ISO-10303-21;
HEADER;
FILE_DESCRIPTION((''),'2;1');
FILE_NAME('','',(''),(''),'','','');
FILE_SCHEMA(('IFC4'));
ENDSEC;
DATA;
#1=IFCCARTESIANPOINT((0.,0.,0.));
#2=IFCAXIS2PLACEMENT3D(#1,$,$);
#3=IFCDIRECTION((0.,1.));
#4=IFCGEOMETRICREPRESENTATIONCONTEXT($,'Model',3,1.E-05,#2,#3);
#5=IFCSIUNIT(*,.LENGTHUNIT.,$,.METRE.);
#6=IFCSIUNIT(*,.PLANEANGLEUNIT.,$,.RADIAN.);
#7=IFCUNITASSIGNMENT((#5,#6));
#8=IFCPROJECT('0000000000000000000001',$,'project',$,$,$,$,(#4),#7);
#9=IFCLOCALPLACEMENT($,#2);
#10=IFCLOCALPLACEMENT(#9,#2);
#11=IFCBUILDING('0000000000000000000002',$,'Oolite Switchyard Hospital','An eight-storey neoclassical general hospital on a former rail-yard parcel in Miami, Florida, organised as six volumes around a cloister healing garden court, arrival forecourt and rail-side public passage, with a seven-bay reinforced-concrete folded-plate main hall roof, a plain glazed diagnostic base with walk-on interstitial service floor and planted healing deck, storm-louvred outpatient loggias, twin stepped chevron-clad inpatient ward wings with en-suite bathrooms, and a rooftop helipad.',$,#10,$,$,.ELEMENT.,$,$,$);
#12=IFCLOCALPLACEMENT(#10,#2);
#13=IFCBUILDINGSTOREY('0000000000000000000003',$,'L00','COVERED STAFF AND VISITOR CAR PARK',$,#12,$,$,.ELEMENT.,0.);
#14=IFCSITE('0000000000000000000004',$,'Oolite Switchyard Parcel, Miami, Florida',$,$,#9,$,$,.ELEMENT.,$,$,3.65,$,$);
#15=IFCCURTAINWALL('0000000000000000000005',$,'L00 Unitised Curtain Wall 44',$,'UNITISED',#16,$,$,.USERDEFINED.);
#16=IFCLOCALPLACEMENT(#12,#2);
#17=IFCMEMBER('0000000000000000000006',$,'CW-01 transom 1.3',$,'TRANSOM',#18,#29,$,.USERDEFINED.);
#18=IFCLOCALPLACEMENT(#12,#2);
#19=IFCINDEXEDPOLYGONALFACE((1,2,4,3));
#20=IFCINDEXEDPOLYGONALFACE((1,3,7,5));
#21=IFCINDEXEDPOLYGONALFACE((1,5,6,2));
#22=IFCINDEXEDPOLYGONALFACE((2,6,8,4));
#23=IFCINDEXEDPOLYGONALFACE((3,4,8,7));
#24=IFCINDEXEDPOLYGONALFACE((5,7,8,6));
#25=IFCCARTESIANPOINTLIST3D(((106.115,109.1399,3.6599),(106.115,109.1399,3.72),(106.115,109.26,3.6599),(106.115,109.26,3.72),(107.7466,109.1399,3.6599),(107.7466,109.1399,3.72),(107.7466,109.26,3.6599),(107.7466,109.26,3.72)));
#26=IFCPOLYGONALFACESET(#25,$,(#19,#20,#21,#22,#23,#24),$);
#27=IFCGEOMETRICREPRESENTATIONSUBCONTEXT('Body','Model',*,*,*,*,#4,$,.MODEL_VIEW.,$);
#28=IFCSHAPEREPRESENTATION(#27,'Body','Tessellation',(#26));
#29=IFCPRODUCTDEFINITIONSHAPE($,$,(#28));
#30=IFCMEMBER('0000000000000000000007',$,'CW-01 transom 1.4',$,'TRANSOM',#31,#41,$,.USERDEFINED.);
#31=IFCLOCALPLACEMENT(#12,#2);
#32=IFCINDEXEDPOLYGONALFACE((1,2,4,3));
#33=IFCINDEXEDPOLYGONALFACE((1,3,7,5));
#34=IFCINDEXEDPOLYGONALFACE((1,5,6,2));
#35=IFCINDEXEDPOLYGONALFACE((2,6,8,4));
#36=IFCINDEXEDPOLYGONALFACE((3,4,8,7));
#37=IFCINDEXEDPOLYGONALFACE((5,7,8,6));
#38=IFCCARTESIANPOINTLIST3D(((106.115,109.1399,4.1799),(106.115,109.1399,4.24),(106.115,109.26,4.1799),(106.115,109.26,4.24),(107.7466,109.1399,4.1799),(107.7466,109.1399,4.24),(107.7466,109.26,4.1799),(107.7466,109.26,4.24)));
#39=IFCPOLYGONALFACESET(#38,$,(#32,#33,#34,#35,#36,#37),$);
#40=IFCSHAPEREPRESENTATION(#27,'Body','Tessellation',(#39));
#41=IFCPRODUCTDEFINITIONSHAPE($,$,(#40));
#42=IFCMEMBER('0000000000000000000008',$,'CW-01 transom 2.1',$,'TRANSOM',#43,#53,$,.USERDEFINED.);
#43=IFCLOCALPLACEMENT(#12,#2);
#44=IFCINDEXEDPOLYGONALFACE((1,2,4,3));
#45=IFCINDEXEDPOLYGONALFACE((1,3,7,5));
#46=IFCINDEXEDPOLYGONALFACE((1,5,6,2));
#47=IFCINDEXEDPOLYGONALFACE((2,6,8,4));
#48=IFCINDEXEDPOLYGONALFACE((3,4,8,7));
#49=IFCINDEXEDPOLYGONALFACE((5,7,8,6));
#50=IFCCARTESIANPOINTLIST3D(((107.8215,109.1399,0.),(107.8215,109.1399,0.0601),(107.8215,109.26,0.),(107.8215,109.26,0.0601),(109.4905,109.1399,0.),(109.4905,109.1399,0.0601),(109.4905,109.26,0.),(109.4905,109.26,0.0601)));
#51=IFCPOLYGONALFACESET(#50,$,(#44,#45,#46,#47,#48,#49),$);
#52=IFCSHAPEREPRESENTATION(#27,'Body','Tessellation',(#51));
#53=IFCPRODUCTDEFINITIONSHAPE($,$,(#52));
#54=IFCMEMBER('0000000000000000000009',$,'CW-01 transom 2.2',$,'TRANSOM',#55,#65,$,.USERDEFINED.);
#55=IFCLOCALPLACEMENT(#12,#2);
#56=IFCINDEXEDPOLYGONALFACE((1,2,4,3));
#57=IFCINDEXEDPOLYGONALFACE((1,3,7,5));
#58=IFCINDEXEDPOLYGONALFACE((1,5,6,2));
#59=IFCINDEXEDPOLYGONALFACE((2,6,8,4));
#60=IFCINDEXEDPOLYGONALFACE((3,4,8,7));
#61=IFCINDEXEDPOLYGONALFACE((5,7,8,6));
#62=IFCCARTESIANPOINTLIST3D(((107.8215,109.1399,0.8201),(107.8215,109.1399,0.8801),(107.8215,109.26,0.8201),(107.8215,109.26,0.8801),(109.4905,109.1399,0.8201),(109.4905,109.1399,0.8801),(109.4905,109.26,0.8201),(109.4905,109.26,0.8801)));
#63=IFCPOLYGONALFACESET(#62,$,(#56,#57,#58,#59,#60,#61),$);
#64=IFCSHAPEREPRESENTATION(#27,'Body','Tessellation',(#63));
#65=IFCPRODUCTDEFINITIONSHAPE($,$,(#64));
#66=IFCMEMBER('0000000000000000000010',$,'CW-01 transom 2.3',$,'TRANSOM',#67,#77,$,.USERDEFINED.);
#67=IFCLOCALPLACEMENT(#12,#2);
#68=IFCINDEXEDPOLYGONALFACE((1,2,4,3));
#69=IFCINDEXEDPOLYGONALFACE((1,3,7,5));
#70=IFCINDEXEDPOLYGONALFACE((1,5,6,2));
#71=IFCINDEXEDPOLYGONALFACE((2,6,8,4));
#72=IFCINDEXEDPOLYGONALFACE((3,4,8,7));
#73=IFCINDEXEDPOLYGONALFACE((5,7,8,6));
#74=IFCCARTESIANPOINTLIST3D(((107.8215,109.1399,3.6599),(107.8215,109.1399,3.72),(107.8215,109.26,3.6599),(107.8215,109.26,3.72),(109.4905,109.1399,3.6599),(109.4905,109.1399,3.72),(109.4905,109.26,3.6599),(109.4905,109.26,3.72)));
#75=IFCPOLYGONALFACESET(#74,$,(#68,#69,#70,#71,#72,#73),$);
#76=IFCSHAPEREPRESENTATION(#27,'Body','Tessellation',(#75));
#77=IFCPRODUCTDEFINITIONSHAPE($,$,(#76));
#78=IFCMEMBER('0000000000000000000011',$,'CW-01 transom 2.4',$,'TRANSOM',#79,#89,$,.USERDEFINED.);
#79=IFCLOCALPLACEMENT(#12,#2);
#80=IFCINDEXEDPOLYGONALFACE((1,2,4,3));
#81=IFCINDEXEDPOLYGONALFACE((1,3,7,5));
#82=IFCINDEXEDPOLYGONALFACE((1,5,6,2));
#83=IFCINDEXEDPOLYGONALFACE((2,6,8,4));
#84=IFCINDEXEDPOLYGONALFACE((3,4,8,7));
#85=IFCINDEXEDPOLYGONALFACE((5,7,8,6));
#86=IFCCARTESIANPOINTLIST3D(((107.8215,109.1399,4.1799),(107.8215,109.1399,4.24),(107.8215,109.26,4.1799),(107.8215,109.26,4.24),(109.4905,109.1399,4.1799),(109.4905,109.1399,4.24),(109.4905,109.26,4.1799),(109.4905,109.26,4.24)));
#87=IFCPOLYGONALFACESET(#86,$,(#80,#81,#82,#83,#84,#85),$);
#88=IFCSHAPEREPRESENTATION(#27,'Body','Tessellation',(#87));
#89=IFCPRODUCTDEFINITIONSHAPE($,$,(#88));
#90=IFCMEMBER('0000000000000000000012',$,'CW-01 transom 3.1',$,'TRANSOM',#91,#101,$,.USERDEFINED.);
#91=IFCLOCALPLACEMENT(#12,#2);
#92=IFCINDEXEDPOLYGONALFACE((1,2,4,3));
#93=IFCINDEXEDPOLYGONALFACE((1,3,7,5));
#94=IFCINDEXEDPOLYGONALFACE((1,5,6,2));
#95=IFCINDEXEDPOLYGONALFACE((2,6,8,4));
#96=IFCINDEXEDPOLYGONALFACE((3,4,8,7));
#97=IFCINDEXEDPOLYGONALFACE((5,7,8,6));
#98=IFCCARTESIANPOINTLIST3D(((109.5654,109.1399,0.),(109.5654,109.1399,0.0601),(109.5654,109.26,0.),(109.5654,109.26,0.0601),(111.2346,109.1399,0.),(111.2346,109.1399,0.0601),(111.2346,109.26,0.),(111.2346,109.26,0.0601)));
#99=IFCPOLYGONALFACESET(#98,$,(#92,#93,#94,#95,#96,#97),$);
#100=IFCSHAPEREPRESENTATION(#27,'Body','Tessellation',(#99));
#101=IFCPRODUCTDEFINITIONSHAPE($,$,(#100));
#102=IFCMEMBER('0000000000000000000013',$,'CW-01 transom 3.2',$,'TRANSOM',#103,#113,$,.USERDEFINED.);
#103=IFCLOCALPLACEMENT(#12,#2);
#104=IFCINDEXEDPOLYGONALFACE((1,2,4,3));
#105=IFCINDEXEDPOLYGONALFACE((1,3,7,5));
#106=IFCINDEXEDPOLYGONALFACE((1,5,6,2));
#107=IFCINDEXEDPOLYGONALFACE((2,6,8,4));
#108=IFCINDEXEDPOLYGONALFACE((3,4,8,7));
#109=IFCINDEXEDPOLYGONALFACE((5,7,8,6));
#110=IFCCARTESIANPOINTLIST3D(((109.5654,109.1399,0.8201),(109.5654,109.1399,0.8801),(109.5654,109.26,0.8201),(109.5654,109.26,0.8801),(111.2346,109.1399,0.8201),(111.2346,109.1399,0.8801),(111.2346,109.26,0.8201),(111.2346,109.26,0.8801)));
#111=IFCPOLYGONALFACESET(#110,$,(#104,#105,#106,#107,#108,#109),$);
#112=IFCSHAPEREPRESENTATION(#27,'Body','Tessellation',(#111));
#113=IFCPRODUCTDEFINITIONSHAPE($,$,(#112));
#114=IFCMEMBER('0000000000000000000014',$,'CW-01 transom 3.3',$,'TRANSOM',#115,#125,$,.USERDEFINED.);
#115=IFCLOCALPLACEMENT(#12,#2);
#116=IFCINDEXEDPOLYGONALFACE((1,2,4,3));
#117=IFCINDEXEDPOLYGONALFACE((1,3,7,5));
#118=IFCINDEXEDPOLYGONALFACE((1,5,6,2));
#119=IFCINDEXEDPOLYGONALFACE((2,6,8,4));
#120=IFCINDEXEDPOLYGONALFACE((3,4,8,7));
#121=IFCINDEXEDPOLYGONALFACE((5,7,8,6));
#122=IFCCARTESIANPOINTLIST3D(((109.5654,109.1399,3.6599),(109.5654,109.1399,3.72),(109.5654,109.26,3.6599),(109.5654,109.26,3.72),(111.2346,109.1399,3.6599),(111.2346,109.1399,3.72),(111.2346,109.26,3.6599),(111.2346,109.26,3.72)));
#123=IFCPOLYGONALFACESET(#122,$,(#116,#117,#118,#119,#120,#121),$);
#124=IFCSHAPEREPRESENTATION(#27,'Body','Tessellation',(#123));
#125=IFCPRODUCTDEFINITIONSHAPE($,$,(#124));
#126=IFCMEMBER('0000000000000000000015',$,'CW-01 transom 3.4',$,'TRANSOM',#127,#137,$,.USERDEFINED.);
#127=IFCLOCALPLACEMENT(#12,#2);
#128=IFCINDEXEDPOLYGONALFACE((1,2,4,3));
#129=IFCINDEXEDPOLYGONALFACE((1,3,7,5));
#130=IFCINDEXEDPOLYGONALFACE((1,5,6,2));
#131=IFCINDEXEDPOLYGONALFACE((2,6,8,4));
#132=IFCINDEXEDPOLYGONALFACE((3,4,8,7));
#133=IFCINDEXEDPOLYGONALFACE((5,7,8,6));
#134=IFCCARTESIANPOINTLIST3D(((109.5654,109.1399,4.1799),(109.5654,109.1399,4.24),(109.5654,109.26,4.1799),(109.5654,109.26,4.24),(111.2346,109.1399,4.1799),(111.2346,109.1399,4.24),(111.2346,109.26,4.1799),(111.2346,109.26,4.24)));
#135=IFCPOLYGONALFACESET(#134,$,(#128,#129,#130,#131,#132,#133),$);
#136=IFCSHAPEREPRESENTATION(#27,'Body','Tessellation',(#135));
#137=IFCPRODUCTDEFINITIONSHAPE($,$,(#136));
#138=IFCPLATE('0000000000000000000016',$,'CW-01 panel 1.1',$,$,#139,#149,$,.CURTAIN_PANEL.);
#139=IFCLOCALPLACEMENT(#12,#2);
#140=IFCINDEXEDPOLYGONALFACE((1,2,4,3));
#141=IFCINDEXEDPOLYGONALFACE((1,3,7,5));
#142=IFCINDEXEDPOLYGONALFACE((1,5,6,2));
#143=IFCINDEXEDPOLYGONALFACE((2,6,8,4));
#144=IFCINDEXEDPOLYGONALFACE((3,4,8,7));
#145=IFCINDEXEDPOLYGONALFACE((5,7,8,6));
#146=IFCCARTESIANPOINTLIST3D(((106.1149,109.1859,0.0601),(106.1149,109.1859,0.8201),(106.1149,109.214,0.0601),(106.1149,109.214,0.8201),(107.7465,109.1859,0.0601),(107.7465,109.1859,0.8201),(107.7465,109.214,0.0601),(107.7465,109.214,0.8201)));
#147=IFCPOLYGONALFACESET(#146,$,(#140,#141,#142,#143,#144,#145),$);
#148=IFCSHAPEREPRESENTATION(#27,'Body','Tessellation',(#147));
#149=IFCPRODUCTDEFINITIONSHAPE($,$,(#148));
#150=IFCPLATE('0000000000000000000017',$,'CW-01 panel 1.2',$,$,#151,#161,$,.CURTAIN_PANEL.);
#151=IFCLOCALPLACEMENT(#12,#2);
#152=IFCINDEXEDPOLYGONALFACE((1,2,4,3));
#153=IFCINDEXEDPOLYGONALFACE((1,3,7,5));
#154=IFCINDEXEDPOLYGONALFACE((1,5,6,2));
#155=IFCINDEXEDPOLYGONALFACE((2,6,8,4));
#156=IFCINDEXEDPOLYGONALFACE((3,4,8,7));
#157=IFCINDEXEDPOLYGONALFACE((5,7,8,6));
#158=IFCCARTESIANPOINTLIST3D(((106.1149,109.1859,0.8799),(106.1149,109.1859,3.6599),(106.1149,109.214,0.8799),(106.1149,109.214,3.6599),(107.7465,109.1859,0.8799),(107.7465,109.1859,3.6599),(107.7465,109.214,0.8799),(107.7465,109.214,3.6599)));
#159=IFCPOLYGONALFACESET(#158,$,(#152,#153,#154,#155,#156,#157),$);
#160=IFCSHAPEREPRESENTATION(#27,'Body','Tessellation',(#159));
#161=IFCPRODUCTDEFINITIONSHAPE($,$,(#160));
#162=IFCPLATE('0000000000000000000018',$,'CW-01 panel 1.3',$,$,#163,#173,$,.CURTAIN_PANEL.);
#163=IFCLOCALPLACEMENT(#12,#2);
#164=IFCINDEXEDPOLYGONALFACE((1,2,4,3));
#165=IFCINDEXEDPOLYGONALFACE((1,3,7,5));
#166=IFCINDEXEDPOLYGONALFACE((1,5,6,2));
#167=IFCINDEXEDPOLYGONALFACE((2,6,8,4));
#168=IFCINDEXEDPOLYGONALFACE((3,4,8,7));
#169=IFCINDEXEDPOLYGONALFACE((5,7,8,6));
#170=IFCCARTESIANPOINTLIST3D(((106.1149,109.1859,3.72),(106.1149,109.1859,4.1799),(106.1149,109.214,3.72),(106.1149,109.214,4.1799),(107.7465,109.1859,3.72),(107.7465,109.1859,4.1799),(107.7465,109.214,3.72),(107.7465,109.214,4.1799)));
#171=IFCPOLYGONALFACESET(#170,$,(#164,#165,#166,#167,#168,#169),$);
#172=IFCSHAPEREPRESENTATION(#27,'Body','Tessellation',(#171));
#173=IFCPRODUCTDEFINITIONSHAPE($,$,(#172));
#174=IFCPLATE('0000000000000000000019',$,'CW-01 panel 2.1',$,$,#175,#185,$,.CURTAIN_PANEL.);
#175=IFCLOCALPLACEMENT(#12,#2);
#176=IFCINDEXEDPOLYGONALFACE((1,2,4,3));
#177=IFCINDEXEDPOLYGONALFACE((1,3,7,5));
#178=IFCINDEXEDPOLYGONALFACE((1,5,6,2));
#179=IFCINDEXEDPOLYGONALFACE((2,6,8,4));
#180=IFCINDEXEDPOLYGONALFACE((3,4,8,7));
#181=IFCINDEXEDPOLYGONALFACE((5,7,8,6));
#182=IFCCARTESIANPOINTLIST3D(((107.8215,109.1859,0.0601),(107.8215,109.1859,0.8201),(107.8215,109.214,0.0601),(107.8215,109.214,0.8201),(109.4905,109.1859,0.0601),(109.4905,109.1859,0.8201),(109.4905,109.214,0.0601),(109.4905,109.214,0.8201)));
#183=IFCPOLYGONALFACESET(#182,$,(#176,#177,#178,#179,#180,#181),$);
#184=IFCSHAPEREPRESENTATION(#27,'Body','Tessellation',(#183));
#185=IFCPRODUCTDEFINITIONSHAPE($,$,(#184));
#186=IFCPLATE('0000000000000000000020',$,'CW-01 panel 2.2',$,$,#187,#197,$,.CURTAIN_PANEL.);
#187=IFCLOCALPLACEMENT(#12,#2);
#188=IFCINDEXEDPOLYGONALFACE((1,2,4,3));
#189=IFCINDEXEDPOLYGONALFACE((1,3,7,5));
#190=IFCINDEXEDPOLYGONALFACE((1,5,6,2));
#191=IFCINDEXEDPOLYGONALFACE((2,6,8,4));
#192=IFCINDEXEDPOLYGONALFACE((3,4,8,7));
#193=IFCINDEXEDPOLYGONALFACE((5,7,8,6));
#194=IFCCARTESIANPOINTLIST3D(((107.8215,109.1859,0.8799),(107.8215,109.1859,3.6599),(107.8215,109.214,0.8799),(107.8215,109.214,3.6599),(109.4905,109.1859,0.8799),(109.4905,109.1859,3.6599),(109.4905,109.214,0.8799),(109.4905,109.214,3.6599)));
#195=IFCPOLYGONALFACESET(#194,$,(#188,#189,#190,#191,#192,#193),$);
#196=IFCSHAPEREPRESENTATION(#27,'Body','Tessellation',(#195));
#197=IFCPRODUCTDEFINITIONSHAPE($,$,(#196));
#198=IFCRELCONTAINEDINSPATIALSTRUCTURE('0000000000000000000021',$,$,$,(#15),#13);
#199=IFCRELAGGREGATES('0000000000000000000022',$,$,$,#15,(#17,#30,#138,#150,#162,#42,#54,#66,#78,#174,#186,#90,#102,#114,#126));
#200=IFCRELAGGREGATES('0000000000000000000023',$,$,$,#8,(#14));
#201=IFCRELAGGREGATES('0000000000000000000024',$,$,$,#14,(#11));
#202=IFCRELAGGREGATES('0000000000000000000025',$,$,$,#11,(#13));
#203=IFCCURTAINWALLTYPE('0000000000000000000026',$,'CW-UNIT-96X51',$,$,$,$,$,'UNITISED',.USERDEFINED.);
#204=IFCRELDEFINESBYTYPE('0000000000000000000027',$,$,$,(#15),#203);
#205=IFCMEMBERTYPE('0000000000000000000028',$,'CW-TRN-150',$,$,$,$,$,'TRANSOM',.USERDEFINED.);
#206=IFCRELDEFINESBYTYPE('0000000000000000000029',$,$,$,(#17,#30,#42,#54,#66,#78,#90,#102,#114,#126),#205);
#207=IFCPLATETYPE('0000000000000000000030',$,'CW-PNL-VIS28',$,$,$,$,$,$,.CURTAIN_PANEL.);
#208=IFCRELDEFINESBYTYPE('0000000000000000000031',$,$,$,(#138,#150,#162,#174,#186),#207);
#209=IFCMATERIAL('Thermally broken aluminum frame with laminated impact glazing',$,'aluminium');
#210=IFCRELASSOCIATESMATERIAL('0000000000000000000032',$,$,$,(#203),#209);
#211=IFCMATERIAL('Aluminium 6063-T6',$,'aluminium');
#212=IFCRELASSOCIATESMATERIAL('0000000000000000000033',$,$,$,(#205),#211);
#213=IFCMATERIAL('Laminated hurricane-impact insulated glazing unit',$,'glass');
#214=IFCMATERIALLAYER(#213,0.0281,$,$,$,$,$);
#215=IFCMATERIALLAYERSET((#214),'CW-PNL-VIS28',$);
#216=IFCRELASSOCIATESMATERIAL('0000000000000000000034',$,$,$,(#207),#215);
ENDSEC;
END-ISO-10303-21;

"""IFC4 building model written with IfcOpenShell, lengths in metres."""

from ifc_helpers import new_model, si_unit, direction, frame, origin, origin_2d, place, context, subcontext, project, spatial, rectangle, extrude, material, layer, layer_set, material_profile, profile_set, type_object, element, aggregate, save


model = new_model("IFC4")

# Units and contexts
model_context = context("Model", 3, precision=1e-05, world=origin(), true_north=direction((0.0, 1.0)))
body_context = subcontext(model_context, "Body", "Model", "MODEL_VIEW")
ifc_project = project(units=[si_unit("LENGTHUNIT", "METRE"), si_unit("PLANEANGLEUNIT", "RADIAN")], contexts=[model_context])

# Site, building, storey
site_placement = place(None, origin())
site = spatial("IfcSite", under=ifc_project, at=site_placement, Name="Oolite Switchyard Parcel, Miami, Florida", CompositionType="ELEMENT", RefElevation=3.65)
building_placement = place(site_placement, origin())
building = spatial("IfcBuilding", under=site, at=building_placement, Name="Oolite Switchyard Hospital", Description="An eight-storey neoclassical general hospital on a former rail-yard parcel in Miami, Florida, organised as six volumes around a cloister healing garden court, arrival forecourt and rail-side public passage, with a seven-bay reinforced-concrete folded-plate main hall roof, a plain glazed diagnostic base with walk-on interstitial service floor and planted healing deck, storm-louvred outpatient loggias, twin stepped chevron-clad inpatient ward wings with en-suite bathrooms, and a rooftop helipad.", CompositionType="ELEMENT")
storey_placement = place(building_placement, origin())
storey = spatial("IfcBuildingStorey", under=building, at=storey_placement, Name="L00", Description="COVERED STAFF AND VISITOR CAR PARK", CompositionType="ELEMENT", Elevation=0.0)

# Curtain wall, members, plates
ifc_material_1 = material(Name="Thermally broken aluminum frame with laminated impact glazing", Category="aluminium")
curtain_wall_type = type_object("IfcCurtainWallType", Name="CW-UNIT-96X51", ElementType="UNITISED", PredefinedType="USERDEFINED", material=ifc_material_1)
curtain_wall_placement = place(storey_placement, origin())
curtain_wall = element("IfcCurtainWall", 1, at=curtain_wall_placement, inside=storey, type_object=curtain_wall_type, Name="L00 Unitised Curtain Wall 44", ObjectType="UNITISED", PredefinedType="USERDEFINED")
ifc_material_2 = material(Name="Aluminium 6063-T6", Category="aluminium")
ifc_material_profile_1 = material_profile(ifc_material_2, rectangle(XDim=0.1201, YDim=0.0601, at=origin_2d()), Name="CWT60X120")
ifc_profile_set_1 = profile_set([ifc_material_profile_1], Name="Aluminium 6063-T6")
member_type_1 = type_object("IfcMemberType", Name="CW-TRN-150", ElementType="TRANSOM", PredefinedType="USERDEFINED", material=ifc_profile_set_1)
member_1_placement = place(storey_placement, frame((106.115, 109.2, 3.6899), z_axis=(1.0, 0.0, 0.0), x_axis=(0.0, 1.0, 0.0)))
member_1 = element("IfcMember", 2, at=member_1_placement, type_object=member_type_1, Name="CW-01 transom 1.3", ObjectType="TRANSOM", PredefinedType="USERDEFINED", context=body_context, shape_type="SweptSolid", body=[
    extrude(rectangle(XDim=0.1201, YDim=0.0601, at=origin_2d()), origin(), (0.0, 0.0, 1.0), 1.6316),
])
member_2_placement = place(storey_placement, frame((106.115, 109.2, 4.21), z_axis=(1.0, 0.0, 0.0), x_axis=(0.0, 1.0, 0.0)))
member_2 = element("IfcMember", 3, at=member_2_placement, type_object=member_type_1, Name="CW-01 transom 1.4", ObjectType="TRANSOM", PredefinedType="USERDEFINED", context=body_context, shape_type="SweptSolid", body=[
    extrude(rectangle(XDim=0.1201, YDim=0.0601, at=origin_2d()), origin(), (0.0, 0.0, 1.0), 1.6316),
])
member_3_placement = place(storey_placement, frame((107.8215, 109.2, 0.03), z_axis=(1.0, 0.0, 0.0), x_axis=(0.0, 1.0, 0.0)))
member_3 = element("IfcMember", 4, at=member_3_placement, type_object=member_type_1, Name="CW-01 transom 2.1", ObjectType="TRANSOM", PredefinedType="USERDEFINED", context=body_context, shape_type="SweptSolid", body=[
    extrude(rectangle(XDim=0.1201, YDim=0.0601, at=origin_2d()), origin(), (0.0, 0.0, 1.0), 1.6689),
])
member_4_placement = place(storey_placement, frame((107.8215, 109.2, 0.8501), z_axis=(1.0, 0.0, 0.0), x_axis=(0.0, 1.0, 0.0)))
member_4 = element("IfcMember", 5, at=member_4_placement, type_object=member_type_1, Name="CW-01 transom 2.2", ObjectType="TRANSOM", PredefinedType="USERDEFINED", context=body_context, shape_type="SweptSolid", body=[
    extrude(rectangle(XDim=0.1201, YDim=0.0601, at=origin_2d()), origin(), (0.0, 0.0, 1.0), 1.6689),
])
member_5_placement = place(storey_placement, frame((107.8215, 109.2, 3.6899), z_axis=(1.0, 0.0, 0.0), x_axis=(0.0, 1.0, 0.0)))
member_5 = element("IfcMember", 6, at=member_5_placement, type_object=member_type_1, Name="CW-01 transom 2.3", ObjectType="TRANSOM", PredefinedType="USERDEFINED", context=body_context, shape_type="SweptSolid", body=[
    extrude(rectangle(XDim=0.1201, YDim=0.0601, at=origin_2d()), origin(), (0.0, 0.0, 1.0), 1.6689),
])
member_6_placement = place(storey_placement, frame((107.8215, 109.2, 4.21), z_axis=(1.0, 0.0, 0.0), x_axis=(0.0, 1.0, 0.0)))
member_6 = element("IfcMember", 7, at=member_6_placement, type_object=member_type_1, Name="CW-01 transom 2.4", ObjectType="TRANSOM", PredefinedType="USERDEFINED", context=body_context, shape_type="SweptSolid", body=[
    extrude(rectangle(XDim=0.1201, YDim=0.0601, at=origin_2d()), origin(), (0.0, 0.0, 1.0), 1.6689),
])
member_7_placement = place(storey_placement, frame((109.5654, 109.2, 0.03), z_axis=(1.0, 0.0, 0.0), x_axis=(0.0, 1.0, 0.0)))
member_7 = element("IfcMember", 8, at=member_7_placement, type_object=member_type_1, Name="CW-01 transom 3.1", ObjectType="TRANSOM", PredefinedType="USERDEFINED", context=body_context, shape_type="SweptSolid", body=[
    extrude(rectangle(XDim=0.1201, YDim=0.0601, at=origin_2d()), origin(), (0.0, 0.0, 1.0), 1.6692),
])
member_8_placement = place(storey_placement, frame((109.5654, 109.2, 0.8501), z_axis=(1.0, 0.0, 0.0), x_axis=(0.0, 1.0, 0.0)))
member_8 = element("IfcMember", 9, at=member_8_placement, type_object=member_type_1, Name="CW-01 transom 3.2", ObjectType="TRANSOM", PredefinedType="USERDEFINED", context=body_context, shape_type="SweptSolid", body=[
    extrude(rectangle(XDim=0.1201, YDim=0.0601, at=origin_2d()), origin(), (0.0, 0.0, 1.0), 1.6692),
])
member_9_placement = place(storey_placement, frame((109.5654, 109.2, 3.6899), z_axis=(1.0, 0.0, 0.0), x_axis=(0.0, 1.0, 0.0)))
member_9 = element("IfcMember", 10, at=member_9_placement, type_object=member_type_1, Name="CW-01 transom 3.3", ObjectType="TRANSOM", PredefinedType="USERDEFINED", context=body_context, shape_type="SweptSolid", body=[
    extrude(rectangle(XDim=0.1201, YDim=0.0601, at=origin_2d()), origin(), (0.0, 0.0, 1.0), 1.6692),
])
member_10_placement = place(storey_placement, frame((109.5654, 109.2, 4.21), z_axis=(1.0, 0.0, 0.0), x_axis=(0.0, 1.0, 0.0)))
member_10 = element("IfcMember", 11, at=member_10_placement, type_object=member_type_1, Name="CW-01 transom 3.4", ObjectType="TRANSOM", PredefinedType="USERDEFINED", context=body_context, shape_type="SweptSolid", body=[
    extrude(rectangle(XDim=0.1201, YDim=0.0601, at=origin_2d()), origin(), (0.0, 0.0, 1.0), 1.6692),
])
ifc_material_3 = material(Name="Laminated hurricane-impact insulated glazing unit", Category="glass")
ifc_layer = layer(ifc_material_3, 0.0281)
ifc_layer_set = layer_set([ifc_layer], Name="CW-PNL-VIS28")
plate_type = type_object("IfcPlateType", Name="CW-PNL-VIS28", PredefinedType="CURTAIN_PANEL", material=ifc_layer_set)
plate_1_placement = place(storey_placement, frame((106.9307, 109.2, 0.0601), z_axis=(0.0, 0.0, 1.0), x_axis=(1.0, 0.0, 0.0)))
plate_1 = element("IfcPlate", 12, at=plate_1_placement, type_object=plate_type, Name="CW-01 panel 1.1", PredefinedType="CURTAIN_PANEL", context=body_context, shape_type="SweptSolid", body=[
    extrude(rectangle(XDim=1.6316, YDim=0.0281, at=origin_2d()), origin(), (0.0, 0.0, 1.0), 0.76),
])
plate_2_placement = place(storey_placement, frame((106.9307, 109.2, 0.8799), z_axis=(0.0, 0.0, 1.0), x_axis=(1.0, 0.0, 0.0)))
plate_2 = element("IfcPlate", 13, at=plate_2_placement, type_object=plate_type, Name="CW-01 panel 1.2", PredefinedType="CURTAIN_PANEL", context=body_context, shape_type="SweptSolid", body=[
    extrude(rectangle(XDim=1.6316, YDim=0.0281, at=origin_2d()), origin(), (0.0, 0.0, 1.0), 2.78),
])
plate_3_placement = place(storey_placement, frame((106.9307, 109.2, 3.72), z_axis=(0.0, 0.0, 1.0), x_axis=(1.0, 0.0, 0.0)))
plate_3 = element("IfcPlate", 14, at=plate_3_placement, type_object=plate_type, Name="CW-01 panel 1.3", PredefinedType="CURTAIN_PANEL", context=body_context, shape_type="SweptSolid", body=[
    extrude(rectangle(XDim=1.6316, YDim=0.0281, at=origin_2d()), origin(), (0.0, 0.0, 1.0), 0.46),
])
plate_4_placement = place(storey_placement, frame((108.656, 109.2, 0.0601), z_axis=(0.0, 0.0, 1.0), x_axis=(1.0, 0.0, 0.0)))
plate_4 = element("IfcPlate", 15, at=plate_4_placement, type_object=plate_type, Name="CW-01 panel 2.1", PredefinedType="CURTAIN_PANEL", context=body_context, shape_type="SweptSolid", body=[
    extrude(rectangle(XDim=1.6689, YDim=0.0281, at=origin_2d()), origin(), (0.0, 0.0, 1.0), 0.76),
])
plate_5_placement = place(storey_placement, frame((108.656, 109.2, 0.8799), z_axis=(0.0, 0.0, 1.0), x_axis=(1.0, 0.0, 0.0)))
plate_5 = element("IfcPlate", 16, at=plate_5_placement, type_object=plate_type, Name="CW-01 panel 2.2", PredefinedType="CURTAIN_PANEL", context=body_context, shape_type="SweptSolid", body=[
    extrude(rectangle(XDim=1.6689, YDim=0.0281, at=origin_2d()), origin(), (0.0, 0.0, 1.0), 2.78),
])
aggregate(curtain_wall, [member_1, member_2, plate_1, plate_2, plate_3, member_3, member_4, member_5, member_6, plate_4, plate_5, member_7, member_8, member_9, member_10])

save(model, "model.ifc")
